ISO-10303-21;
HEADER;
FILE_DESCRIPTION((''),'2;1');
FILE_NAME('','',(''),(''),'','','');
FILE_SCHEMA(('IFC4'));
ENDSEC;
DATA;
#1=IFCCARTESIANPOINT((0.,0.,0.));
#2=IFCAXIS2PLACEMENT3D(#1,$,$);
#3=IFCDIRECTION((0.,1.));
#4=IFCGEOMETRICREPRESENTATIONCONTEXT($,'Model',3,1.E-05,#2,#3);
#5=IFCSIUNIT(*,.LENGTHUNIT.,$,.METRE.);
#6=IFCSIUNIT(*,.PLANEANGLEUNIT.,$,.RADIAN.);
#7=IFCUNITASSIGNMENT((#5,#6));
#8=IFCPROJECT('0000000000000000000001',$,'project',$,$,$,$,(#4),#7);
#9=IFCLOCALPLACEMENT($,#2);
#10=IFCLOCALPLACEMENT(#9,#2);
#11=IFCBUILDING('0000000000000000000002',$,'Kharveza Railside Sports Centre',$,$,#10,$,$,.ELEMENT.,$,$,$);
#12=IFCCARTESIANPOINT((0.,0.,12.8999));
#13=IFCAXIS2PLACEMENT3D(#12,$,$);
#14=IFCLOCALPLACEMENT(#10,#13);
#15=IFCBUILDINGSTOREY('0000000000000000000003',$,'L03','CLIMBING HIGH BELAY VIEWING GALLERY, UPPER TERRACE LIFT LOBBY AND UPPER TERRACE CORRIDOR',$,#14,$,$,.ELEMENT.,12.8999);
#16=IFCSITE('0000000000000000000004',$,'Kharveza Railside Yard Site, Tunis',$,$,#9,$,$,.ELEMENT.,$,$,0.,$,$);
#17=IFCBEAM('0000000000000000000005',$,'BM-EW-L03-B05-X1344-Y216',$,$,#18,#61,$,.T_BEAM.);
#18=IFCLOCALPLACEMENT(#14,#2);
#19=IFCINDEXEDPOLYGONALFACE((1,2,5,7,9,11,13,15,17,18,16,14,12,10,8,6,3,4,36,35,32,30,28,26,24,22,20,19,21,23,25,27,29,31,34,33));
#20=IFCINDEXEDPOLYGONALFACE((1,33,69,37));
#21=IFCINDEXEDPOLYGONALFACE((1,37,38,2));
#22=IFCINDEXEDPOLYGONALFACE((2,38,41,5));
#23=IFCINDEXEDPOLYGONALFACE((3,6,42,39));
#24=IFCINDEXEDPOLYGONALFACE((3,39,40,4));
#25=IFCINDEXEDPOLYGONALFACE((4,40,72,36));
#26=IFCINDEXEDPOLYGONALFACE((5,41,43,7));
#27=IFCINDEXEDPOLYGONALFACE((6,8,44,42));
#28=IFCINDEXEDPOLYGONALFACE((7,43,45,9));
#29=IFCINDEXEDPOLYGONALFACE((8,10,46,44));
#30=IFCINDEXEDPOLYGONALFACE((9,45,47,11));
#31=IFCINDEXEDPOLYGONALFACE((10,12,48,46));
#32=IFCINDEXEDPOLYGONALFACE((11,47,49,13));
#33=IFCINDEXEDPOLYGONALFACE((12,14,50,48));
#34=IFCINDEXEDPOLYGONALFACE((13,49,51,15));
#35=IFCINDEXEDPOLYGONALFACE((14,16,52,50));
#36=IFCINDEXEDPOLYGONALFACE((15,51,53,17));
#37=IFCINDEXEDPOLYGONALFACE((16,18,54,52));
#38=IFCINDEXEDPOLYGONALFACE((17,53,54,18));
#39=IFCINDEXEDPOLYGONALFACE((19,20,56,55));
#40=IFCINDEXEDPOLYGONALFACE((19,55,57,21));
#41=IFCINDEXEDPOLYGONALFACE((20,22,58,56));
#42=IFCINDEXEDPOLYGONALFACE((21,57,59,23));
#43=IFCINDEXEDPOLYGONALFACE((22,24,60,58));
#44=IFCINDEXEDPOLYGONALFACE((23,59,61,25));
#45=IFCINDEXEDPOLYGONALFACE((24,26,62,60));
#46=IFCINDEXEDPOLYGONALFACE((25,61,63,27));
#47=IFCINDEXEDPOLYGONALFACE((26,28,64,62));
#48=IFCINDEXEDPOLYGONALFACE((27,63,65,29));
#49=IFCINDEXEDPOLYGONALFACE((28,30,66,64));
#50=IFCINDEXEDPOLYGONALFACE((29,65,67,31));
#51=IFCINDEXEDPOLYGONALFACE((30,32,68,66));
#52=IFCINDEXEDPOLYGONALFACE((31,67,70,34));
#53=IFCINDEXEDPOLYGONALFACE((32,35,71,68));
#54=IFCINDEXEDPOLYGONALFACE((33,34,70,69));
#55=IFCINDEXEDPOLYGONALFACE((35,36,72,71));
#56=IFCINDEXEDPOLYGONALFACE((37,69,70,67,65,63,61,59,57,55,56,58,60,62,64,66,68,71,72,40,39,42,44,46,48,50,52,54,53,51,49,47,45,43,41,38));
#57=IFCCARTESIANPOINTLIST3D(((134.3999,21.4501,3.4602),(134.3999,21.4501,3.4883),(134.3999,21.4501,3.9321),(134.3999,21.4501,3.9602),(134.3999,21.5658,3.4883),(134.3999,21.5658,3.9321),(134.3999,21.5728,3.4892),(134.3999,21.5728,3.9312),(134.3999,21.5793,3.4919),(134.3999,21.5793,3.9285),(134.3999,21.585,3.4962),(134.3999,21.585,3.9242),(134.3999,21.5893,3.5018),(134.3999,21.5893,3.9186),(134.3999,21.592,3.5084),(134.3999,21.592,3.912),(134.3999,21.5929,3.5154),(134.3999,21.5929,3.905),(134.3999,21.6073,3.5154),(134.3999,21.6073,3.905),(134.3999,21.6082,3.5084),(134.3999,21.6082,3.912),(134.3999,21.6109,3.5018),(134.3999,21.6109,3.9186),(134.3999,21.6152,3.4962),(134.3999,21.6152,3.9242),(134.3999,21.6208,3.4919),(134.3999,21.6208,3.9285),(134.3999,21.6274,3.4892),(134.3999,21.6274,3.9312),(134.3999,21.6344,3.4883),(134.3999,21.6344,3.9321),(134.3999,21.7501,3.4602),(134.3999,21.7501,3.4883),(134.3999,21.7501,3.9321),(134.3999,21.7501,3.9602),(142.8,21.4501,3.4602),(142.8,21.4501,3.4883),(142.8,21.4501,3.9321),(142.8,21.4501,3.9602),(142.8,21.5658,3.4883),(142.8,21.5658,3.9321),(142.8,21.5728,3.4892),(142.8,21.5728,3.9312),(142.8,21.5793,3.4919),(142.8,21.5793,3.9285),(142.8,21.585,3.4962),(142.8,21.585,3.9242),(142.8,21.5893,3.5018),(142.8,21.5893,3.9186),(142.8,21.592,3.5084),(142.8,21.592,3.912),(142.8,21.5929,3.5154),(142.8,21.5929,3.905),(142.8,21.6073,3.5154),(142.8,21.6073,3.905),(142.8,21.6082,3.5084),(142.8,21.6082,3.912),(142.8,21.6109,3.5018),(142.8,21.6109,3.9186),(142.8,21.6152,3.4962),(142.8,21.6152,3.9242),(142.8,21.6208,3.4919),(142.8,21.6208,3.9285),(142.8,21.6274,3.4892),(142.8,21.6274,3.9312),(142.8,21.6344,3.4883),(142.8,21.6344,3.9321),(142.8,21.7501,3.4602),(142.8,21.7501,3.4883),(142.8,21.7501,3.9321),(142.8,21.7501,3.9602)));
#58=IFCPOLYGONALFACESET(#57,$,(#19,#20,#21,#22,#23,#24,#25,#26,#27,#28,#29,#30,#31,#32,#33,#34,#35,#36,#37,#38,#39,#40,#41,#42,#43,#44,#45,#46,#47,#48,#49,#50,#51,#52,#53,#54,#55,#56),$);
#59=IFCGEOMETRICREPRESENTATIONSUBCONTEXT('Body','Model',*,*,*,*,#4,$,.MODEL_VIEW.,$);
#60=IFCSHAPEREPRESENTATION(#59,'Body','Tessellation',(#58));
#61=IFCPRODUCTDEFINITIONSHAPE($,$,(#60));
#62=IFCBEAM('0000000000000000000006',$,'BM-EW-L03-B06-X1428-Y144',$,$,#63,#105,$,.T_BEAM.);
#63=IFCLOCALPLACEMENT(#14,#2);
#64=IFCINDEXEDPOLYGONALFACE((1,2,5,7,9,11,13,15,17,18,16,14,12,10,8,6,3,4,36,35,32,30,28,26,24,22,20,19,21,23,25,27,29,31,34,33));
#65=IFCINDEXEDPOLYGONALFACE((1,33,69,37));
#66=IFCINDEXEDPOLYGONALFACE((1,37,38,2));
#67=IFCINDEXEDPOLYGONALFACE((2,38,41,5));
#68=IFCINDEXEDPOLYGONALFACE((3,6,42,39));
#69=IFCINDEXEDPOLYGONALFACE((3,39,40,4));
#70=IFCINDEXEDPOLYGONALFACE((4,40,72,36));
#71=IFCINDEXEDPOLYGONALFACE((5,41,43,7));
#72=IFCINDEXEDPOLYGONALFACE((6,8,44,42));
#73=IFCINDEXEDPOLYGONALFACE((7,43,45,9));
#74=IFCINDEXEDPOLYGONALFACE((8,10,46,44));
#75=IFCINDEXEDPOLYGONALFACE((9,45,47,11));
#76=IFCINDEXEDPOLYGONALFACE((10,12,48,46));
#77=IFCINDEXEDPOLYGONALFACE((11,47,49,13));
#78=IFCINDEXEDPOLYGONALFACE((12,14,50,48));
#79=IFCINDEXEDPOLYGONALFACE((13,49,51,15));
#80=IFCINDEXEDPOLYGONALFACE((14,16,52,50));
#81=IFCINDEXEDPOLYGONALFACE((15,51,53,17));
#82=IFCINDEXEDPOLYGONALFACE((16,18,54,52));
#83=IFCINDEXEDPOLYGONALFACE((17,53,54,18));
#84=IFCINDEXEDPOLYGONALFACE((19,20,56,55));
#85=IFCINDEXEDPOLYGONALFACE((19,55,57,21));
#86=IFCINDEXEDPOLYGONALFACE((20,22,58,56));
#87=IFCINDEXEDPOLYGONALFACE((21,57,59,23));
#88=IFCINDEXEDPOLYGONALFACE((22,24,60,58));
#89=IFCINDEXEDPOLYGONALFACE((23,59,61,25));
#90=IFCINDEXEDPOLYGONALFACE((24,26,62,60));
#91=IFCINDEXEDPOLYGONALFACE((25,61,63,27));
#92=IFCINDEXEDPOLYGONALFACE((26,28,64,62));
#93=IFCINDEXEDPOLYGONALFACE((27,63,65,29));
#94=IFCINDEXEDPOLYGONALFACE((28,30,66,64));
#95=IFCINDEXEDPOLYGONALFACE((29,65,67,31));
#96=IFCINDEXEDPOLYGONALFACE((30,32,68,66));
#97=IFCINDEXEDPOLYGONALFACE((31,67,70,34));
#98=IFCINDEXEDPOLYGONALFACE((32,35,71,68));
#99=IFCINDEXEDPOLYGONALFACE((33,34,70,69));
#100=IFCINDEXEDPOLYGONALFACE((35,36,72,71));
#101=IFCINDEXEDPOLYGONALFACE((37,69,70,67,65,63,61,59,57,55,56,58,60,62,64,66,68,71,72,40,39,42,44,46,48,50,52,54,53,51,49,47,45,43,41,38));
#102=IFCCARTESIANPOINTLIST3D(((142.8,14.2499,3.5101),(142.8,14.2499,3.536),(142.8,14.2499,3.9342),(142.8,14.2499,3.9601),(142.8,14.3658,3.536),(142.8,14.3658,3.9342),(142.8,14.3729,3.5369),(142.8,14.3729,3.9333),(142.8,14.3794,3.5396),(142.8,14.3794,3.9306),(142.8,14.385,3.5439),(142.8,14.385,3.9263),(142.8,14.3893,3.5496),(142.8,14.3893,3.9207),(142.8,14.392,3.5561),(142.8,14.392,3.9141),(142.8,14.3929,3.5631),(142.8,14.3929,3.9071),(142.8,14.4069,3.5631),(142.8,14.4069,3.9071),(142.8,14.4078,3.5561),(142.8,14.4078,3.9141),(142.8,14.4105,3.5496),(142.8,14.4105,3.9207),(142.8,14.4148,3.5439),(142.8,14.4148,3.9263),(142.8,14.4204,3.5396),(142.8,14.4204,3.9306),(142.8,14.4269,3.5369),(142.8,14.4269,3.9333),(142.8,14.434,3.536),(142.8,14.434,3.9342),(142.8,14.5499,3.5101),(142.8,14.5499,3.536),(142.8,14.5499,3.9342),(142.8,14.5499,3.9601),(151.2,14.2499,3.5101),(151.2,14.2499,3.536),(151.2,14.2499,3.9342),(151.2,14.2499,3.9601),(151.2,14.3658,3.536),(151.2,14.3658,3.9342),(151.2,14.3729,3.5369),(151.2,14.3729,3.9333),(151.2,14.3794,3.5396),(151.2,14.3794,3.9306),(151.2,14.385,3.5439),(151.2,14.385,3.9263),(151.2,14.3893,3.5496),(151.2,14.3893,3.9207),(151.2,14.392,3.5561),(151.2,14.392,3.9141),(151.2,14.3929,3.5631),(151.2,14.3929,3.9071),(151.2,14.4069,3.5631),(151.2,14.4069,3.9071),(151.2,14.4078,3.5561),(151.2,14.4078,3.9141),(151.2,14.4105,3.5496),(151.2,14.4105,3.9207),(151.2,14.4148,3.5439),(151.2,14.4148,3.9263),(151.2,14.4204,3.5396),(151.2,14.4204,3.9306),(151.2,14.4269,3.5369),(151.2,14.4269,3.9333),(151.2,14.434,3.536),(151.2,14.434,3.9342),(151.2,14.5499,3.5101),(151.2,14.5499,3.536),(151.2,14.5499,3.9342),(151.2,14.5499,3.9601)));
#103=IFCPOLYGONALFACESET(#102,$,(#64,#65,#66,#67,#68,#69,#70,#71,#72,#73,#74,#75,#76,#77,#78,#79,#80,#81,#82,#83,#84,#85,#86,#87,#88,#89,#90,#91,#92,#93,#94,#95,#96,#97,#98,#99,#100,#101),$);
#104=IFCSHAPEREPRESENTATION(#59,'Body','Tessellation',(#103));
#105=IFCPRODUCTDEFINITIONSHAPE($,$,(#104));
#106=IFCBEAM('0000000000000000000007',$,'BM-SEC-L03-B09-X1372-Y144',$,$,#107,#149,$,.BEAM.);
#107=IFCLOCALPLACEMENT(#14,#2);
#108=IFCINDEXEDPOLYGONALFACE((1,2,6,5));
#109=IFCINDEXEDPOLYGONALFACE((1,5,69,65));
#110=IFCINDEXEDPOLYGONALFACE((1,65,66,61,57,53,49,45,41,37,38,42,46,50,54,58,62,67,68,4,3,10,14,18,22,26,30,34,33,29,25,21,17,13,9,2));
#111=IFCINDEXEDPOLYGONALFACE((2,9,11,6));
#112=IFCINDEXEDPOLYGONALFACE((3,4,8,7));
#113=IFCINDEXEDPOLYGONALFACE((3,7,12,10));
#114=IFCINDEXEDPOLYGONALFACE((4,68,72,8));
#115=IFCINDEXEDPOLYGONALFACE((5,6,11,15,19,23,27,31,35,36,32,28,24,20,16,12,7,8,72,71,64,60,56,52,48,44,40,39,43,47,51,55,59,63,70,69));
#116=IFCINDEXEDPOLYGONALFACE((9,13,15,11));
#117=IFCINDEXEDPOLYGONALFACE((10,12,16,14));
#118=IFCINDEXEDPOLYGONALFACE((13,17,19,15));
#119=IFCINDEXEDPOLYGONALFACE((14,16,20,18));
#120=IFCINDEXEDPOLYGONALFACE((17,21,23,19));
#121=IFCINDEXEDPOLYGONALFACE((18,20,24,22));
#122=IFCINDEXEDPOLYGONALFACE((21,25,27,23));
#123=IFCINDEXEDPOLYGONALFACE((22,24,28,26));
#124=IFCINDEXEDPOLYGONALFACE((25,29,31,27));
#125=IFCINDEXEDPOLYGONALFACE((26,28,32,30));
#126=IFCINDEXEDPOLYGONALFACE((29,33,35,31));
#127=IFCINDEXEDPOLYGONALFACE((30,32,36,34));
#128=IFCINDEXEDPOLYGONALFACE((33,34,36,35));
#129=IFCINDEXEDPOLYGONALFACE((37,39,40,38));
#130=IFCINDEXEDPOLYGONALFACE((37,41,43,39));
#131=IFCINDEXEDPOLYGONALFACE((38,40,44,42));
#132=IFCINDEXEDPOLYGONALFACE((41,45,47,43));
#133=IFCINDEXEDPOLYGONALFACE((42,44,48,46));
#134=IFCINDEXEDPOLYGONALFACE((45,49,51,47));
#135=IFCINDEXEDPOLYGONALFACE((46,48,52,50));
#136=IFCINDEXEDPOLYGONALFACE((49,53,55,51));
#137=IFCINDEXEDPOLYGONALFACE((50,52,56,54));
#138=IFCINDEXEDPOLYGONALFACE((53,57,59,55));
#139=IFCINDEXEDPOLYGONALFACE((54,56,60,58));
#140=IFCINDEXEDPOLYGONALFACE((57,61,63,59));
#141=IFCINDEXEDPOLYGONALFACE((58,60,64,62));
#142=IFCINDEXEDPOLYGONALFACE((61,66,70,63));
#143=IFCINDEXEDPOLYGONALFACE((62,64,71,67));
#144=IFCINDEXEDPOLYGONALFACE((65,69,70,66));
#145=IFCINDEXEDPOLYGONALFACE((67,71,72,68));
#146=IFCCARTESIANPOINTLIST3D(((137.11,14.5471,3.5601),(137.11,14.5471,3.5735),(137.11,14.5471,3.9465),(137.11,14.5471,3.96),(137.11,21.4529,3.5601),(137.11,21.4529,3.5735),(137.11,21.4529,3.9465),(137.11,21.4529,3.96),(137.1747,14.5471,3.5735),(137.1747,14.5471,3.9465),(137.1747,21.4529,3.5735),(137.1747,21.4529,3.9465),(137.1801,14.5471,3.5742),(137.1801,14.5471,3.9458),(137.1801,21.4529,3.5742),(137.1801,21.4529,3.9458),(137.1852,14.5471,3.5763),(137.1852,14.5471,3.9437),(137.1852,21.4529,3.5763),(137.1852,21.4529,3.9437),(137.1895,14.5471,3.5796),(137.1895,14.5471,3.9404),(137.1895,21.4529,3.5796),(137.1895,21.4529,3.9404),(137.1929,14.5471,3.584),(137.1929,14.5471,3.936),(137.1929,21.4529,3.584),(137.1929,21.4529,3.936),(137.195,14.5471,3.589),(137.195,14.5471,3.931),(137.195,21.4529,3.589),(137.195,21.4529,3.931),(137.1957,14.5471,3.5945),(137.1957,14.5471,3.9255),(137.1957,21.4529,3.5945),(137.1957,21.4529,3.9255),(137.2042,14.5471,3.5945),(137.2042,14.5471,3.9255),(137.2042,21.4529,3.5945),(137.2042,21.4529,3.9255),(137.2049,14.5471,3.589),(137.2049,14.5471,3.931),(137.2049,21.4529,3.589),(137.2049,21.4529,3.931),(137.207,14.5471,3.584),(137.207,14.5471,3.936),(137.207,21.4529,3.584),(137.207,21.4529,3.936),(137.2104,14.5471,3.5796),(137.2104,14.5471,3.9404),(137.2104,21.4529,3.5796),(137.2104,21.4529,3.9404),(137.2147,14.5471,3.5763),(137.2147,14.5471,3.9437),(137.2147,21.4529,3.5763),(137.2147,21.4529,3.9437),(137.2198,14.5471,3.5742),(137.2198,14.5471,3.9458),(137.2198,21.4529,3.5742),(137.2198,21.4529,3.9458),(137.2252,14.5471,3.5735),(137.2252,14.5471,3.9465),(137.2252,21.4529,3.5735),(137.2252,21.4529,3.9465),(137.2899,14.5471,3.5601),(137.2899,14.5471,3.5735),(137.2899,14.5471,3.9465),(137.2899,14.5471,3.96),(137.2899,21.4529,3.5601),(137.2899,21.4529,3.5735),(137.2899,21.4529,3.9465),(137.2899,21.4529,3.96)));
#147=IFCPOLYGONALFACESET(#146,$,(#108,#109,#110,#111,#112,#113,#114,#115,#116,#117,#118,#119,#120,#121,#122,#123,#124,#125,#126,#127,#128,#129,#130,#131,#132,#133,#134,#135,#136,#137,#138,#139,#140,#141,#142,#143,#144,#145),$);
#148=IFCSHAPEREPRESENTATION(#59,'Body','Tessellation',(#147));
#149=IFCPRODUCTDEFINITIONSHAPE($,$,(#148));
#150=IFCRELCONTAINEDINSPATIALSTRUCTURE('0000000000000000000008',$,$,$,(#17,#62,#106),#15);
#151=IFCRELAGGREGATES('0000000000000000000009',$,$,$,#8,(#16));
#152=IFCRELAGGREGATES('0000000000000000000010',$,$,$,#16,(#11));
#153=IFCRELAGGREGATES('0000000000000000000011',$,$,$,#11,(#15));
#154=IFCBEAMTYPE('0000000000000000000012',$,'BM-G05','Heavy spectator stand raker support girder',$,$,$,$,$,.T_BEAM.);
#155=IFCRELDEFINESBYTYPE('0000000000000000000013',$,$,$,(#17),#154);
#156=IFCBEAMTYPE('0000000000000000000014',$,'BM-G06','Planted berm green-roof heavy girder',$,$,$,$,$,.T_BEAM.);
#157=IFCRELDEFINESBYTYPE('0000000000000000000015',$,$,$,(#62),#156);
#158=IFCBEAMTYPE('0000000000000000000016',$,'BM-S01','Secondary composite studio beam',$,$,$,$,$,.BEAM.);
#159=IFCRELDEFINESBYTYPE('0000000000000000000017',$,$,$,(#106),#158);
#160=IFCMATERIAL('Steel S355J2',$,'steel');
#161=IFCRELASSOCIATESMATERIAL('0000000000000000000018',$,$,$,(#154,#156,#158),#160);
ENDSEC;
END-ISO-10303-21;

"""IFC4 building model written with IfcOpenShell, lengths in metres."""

from ifc_helpers import new_model, si_unit, direction, frame, origin, origin_2d, place, context, subcontext, project, spatial, i_section, extrude, material, material_profile, profile_set, type_object, element, save


model = new_model("IFC4")

# Units and contexts
model_context = context("Model", 3, precision=1e-05, world=origin(), true_north=direction((0.0, 1.0)))
body_context = subcontext(model_context, "Body", "Model", "MODEL_VIEW")
ifc_project = project(units=[si_unit("LENGTHUNIT", "METRE"), si_unit("PLANEANGLEUNIT", "RADIAN")], contexts=[model_context])

# Site, building, storey
site_placement = place(None, origin())
site = spatial("IfcSite", under=ifc_project, at=site_placement, Name="Kharveza Railside Yard Site, Tunis", CompositionType="ELEMENT", RefElevation=0.0)
building_placement = place(site_placement, origin())
building = spatial("IfcBuilding", under=site, at=building_placement, Name="Kharveza Railside Sports Centre", CompositionType="ELEMENT")
storey_placement = place(building_placement, frame((0.0, 0.0, 12.8999)))
storey = spatial("IfcBuildingStorey", under=building, at=storey_placement, Name="L03", Description="CLIMBING HIGH BELAY VIEWING GALLERY, UPPER TERRACE LIFT LOBBY AND UPPER TERRACE CORRIDOR", CompositionType="ELEMENT", Elevation=12.8999)

# Shared definitions
ifc_material_1 = material(Name="Steel S355J2", Category="steel")

# Beams
ifc_material_profile_1 = material_profile(ifc_material_1, i_section(OverallWidth=0.3, OverallDepth=0.5, WebThickness=0.0144, FlangeThickness=0.0281, FilletRadius=0.0271, at=origin_2d()), Name="HEB 500")
ifc_profile_set_1 = profile_set([ifc_material_profile_1], Name="Steel S355J2")
beam_type_1 = type_object("IfcBeamType", Name="BM-G05", Description="Heavy spectator stand raker support girder", PredefinedType="T_BEAM", material=ifc_profile_set_1)
beam_1_placement = place(storey_placement, frame((134.3999, 21.6001, 3.7102), z_axis=(1.0, 0.0, 0.0), x_axis=(0.0, 1.0, 0.0)))
element("IfcBeam", 1, at=beam_1_placement, inside=storey, type_object=beam_type_1, Name="BM-EW-L03-B05-X1344-Y216", PredefinedType="T_BEAM", context=body_context, shape_type="SweptSolid", body=[
    extrude(i_section(OverallWidth=0.3, OverallDepth=0.5, WebThickness=0.0144, FlangeThickness=0.0281, FilletRadius=0.0271, at=origin_2d()), origin(), (0.0, 0.0, 1.0), 8.4001),
])
ifc_material_profile_2 = material_profile(ifc_material_1, i_section(OverallWidth=0.3, OverallDepth=0.45, WebThickness=0.0139, FlangeThickness=0.0259, FilletRadius=0.0271, at=origin_2d()), Name="HEB 450")
ifc_profile_set_2 = profile_set([ifc_material_profile_2], Name="Steel S355J2")
beam_type_2 = type_object("IfcBeamType", Name="BM-G06", Description="Planted berm green-roof heavy girder", PredefinedType="T_BEAM", material=ifc_profile_set_2)
beam_2_placement = place(storey_placement, frame((142.8, 14.3999, 3.7351), z_axis=(1.0, 0.0, 0.0), x_axis=(0.0, 1.0, 0.0)))
element("IfcBeam", 2, at=beam_2_placement, inside=storey, type_object=beam_type_2, Name="BM-EW-L03-B06-X1428-Y144", PredefinedType="T_BEAM", context=body_context, shape_type="SweptSolid", body=[
    extrude(i_section(OverallWidth=0.3, OverallDepth=0.45, WebThickness=0.0139, FlangeThickness=0.0259, FilletRadius=0.0271, at=origin_2d()), origin(), (0.0, 0.0, 1.0), 8.3999),
])
ifc_material_profile_3 = material_profile(ifc_material_1, i_section(OverallWidth=0.1799, OverallDepth=0.3999, WebThickness=0.0085, FlangeThickness=0.0134, FilletRadius=0.021, at=origin_2d()), Name="IPE 400")
ifc_profile_set_3 = profile_set([ifc_material_profile_3], Name="Steel S355J2")
beam_type_3 = type_object("IfcBeamType", Name="BM-S01", Description="Secondary composite studio beam", PredefinedType="BEAM", material=ifc_profile_set_3)
beam_3_placement = place(storey_placement, frame((137.2, 14.5471, 3.76), z_axis=(0.0, 1.0, 0.0), x_axis=(-1.0, 0.0, 0.0)))
element("IfcBeam", 3, at=beam_3_placement, inside=storey, type_object=beam_type_3, Name="BM-SEC-L03-B09-X1372-Y144", PredefinedType="BEAM", context=body_context, shape_type="SweptSolid", body=[
    extrude(i_section(OverallWidth=0.1799, OverallDepth=0.3999, WebThickness=0.0085, FlangeThickness=0.0134, FilletRadius=0.021, at=origin_2d()), origin(), (0.0, 0.0, 1.0), 6.9058),
])

save(model, "model.ifc")
